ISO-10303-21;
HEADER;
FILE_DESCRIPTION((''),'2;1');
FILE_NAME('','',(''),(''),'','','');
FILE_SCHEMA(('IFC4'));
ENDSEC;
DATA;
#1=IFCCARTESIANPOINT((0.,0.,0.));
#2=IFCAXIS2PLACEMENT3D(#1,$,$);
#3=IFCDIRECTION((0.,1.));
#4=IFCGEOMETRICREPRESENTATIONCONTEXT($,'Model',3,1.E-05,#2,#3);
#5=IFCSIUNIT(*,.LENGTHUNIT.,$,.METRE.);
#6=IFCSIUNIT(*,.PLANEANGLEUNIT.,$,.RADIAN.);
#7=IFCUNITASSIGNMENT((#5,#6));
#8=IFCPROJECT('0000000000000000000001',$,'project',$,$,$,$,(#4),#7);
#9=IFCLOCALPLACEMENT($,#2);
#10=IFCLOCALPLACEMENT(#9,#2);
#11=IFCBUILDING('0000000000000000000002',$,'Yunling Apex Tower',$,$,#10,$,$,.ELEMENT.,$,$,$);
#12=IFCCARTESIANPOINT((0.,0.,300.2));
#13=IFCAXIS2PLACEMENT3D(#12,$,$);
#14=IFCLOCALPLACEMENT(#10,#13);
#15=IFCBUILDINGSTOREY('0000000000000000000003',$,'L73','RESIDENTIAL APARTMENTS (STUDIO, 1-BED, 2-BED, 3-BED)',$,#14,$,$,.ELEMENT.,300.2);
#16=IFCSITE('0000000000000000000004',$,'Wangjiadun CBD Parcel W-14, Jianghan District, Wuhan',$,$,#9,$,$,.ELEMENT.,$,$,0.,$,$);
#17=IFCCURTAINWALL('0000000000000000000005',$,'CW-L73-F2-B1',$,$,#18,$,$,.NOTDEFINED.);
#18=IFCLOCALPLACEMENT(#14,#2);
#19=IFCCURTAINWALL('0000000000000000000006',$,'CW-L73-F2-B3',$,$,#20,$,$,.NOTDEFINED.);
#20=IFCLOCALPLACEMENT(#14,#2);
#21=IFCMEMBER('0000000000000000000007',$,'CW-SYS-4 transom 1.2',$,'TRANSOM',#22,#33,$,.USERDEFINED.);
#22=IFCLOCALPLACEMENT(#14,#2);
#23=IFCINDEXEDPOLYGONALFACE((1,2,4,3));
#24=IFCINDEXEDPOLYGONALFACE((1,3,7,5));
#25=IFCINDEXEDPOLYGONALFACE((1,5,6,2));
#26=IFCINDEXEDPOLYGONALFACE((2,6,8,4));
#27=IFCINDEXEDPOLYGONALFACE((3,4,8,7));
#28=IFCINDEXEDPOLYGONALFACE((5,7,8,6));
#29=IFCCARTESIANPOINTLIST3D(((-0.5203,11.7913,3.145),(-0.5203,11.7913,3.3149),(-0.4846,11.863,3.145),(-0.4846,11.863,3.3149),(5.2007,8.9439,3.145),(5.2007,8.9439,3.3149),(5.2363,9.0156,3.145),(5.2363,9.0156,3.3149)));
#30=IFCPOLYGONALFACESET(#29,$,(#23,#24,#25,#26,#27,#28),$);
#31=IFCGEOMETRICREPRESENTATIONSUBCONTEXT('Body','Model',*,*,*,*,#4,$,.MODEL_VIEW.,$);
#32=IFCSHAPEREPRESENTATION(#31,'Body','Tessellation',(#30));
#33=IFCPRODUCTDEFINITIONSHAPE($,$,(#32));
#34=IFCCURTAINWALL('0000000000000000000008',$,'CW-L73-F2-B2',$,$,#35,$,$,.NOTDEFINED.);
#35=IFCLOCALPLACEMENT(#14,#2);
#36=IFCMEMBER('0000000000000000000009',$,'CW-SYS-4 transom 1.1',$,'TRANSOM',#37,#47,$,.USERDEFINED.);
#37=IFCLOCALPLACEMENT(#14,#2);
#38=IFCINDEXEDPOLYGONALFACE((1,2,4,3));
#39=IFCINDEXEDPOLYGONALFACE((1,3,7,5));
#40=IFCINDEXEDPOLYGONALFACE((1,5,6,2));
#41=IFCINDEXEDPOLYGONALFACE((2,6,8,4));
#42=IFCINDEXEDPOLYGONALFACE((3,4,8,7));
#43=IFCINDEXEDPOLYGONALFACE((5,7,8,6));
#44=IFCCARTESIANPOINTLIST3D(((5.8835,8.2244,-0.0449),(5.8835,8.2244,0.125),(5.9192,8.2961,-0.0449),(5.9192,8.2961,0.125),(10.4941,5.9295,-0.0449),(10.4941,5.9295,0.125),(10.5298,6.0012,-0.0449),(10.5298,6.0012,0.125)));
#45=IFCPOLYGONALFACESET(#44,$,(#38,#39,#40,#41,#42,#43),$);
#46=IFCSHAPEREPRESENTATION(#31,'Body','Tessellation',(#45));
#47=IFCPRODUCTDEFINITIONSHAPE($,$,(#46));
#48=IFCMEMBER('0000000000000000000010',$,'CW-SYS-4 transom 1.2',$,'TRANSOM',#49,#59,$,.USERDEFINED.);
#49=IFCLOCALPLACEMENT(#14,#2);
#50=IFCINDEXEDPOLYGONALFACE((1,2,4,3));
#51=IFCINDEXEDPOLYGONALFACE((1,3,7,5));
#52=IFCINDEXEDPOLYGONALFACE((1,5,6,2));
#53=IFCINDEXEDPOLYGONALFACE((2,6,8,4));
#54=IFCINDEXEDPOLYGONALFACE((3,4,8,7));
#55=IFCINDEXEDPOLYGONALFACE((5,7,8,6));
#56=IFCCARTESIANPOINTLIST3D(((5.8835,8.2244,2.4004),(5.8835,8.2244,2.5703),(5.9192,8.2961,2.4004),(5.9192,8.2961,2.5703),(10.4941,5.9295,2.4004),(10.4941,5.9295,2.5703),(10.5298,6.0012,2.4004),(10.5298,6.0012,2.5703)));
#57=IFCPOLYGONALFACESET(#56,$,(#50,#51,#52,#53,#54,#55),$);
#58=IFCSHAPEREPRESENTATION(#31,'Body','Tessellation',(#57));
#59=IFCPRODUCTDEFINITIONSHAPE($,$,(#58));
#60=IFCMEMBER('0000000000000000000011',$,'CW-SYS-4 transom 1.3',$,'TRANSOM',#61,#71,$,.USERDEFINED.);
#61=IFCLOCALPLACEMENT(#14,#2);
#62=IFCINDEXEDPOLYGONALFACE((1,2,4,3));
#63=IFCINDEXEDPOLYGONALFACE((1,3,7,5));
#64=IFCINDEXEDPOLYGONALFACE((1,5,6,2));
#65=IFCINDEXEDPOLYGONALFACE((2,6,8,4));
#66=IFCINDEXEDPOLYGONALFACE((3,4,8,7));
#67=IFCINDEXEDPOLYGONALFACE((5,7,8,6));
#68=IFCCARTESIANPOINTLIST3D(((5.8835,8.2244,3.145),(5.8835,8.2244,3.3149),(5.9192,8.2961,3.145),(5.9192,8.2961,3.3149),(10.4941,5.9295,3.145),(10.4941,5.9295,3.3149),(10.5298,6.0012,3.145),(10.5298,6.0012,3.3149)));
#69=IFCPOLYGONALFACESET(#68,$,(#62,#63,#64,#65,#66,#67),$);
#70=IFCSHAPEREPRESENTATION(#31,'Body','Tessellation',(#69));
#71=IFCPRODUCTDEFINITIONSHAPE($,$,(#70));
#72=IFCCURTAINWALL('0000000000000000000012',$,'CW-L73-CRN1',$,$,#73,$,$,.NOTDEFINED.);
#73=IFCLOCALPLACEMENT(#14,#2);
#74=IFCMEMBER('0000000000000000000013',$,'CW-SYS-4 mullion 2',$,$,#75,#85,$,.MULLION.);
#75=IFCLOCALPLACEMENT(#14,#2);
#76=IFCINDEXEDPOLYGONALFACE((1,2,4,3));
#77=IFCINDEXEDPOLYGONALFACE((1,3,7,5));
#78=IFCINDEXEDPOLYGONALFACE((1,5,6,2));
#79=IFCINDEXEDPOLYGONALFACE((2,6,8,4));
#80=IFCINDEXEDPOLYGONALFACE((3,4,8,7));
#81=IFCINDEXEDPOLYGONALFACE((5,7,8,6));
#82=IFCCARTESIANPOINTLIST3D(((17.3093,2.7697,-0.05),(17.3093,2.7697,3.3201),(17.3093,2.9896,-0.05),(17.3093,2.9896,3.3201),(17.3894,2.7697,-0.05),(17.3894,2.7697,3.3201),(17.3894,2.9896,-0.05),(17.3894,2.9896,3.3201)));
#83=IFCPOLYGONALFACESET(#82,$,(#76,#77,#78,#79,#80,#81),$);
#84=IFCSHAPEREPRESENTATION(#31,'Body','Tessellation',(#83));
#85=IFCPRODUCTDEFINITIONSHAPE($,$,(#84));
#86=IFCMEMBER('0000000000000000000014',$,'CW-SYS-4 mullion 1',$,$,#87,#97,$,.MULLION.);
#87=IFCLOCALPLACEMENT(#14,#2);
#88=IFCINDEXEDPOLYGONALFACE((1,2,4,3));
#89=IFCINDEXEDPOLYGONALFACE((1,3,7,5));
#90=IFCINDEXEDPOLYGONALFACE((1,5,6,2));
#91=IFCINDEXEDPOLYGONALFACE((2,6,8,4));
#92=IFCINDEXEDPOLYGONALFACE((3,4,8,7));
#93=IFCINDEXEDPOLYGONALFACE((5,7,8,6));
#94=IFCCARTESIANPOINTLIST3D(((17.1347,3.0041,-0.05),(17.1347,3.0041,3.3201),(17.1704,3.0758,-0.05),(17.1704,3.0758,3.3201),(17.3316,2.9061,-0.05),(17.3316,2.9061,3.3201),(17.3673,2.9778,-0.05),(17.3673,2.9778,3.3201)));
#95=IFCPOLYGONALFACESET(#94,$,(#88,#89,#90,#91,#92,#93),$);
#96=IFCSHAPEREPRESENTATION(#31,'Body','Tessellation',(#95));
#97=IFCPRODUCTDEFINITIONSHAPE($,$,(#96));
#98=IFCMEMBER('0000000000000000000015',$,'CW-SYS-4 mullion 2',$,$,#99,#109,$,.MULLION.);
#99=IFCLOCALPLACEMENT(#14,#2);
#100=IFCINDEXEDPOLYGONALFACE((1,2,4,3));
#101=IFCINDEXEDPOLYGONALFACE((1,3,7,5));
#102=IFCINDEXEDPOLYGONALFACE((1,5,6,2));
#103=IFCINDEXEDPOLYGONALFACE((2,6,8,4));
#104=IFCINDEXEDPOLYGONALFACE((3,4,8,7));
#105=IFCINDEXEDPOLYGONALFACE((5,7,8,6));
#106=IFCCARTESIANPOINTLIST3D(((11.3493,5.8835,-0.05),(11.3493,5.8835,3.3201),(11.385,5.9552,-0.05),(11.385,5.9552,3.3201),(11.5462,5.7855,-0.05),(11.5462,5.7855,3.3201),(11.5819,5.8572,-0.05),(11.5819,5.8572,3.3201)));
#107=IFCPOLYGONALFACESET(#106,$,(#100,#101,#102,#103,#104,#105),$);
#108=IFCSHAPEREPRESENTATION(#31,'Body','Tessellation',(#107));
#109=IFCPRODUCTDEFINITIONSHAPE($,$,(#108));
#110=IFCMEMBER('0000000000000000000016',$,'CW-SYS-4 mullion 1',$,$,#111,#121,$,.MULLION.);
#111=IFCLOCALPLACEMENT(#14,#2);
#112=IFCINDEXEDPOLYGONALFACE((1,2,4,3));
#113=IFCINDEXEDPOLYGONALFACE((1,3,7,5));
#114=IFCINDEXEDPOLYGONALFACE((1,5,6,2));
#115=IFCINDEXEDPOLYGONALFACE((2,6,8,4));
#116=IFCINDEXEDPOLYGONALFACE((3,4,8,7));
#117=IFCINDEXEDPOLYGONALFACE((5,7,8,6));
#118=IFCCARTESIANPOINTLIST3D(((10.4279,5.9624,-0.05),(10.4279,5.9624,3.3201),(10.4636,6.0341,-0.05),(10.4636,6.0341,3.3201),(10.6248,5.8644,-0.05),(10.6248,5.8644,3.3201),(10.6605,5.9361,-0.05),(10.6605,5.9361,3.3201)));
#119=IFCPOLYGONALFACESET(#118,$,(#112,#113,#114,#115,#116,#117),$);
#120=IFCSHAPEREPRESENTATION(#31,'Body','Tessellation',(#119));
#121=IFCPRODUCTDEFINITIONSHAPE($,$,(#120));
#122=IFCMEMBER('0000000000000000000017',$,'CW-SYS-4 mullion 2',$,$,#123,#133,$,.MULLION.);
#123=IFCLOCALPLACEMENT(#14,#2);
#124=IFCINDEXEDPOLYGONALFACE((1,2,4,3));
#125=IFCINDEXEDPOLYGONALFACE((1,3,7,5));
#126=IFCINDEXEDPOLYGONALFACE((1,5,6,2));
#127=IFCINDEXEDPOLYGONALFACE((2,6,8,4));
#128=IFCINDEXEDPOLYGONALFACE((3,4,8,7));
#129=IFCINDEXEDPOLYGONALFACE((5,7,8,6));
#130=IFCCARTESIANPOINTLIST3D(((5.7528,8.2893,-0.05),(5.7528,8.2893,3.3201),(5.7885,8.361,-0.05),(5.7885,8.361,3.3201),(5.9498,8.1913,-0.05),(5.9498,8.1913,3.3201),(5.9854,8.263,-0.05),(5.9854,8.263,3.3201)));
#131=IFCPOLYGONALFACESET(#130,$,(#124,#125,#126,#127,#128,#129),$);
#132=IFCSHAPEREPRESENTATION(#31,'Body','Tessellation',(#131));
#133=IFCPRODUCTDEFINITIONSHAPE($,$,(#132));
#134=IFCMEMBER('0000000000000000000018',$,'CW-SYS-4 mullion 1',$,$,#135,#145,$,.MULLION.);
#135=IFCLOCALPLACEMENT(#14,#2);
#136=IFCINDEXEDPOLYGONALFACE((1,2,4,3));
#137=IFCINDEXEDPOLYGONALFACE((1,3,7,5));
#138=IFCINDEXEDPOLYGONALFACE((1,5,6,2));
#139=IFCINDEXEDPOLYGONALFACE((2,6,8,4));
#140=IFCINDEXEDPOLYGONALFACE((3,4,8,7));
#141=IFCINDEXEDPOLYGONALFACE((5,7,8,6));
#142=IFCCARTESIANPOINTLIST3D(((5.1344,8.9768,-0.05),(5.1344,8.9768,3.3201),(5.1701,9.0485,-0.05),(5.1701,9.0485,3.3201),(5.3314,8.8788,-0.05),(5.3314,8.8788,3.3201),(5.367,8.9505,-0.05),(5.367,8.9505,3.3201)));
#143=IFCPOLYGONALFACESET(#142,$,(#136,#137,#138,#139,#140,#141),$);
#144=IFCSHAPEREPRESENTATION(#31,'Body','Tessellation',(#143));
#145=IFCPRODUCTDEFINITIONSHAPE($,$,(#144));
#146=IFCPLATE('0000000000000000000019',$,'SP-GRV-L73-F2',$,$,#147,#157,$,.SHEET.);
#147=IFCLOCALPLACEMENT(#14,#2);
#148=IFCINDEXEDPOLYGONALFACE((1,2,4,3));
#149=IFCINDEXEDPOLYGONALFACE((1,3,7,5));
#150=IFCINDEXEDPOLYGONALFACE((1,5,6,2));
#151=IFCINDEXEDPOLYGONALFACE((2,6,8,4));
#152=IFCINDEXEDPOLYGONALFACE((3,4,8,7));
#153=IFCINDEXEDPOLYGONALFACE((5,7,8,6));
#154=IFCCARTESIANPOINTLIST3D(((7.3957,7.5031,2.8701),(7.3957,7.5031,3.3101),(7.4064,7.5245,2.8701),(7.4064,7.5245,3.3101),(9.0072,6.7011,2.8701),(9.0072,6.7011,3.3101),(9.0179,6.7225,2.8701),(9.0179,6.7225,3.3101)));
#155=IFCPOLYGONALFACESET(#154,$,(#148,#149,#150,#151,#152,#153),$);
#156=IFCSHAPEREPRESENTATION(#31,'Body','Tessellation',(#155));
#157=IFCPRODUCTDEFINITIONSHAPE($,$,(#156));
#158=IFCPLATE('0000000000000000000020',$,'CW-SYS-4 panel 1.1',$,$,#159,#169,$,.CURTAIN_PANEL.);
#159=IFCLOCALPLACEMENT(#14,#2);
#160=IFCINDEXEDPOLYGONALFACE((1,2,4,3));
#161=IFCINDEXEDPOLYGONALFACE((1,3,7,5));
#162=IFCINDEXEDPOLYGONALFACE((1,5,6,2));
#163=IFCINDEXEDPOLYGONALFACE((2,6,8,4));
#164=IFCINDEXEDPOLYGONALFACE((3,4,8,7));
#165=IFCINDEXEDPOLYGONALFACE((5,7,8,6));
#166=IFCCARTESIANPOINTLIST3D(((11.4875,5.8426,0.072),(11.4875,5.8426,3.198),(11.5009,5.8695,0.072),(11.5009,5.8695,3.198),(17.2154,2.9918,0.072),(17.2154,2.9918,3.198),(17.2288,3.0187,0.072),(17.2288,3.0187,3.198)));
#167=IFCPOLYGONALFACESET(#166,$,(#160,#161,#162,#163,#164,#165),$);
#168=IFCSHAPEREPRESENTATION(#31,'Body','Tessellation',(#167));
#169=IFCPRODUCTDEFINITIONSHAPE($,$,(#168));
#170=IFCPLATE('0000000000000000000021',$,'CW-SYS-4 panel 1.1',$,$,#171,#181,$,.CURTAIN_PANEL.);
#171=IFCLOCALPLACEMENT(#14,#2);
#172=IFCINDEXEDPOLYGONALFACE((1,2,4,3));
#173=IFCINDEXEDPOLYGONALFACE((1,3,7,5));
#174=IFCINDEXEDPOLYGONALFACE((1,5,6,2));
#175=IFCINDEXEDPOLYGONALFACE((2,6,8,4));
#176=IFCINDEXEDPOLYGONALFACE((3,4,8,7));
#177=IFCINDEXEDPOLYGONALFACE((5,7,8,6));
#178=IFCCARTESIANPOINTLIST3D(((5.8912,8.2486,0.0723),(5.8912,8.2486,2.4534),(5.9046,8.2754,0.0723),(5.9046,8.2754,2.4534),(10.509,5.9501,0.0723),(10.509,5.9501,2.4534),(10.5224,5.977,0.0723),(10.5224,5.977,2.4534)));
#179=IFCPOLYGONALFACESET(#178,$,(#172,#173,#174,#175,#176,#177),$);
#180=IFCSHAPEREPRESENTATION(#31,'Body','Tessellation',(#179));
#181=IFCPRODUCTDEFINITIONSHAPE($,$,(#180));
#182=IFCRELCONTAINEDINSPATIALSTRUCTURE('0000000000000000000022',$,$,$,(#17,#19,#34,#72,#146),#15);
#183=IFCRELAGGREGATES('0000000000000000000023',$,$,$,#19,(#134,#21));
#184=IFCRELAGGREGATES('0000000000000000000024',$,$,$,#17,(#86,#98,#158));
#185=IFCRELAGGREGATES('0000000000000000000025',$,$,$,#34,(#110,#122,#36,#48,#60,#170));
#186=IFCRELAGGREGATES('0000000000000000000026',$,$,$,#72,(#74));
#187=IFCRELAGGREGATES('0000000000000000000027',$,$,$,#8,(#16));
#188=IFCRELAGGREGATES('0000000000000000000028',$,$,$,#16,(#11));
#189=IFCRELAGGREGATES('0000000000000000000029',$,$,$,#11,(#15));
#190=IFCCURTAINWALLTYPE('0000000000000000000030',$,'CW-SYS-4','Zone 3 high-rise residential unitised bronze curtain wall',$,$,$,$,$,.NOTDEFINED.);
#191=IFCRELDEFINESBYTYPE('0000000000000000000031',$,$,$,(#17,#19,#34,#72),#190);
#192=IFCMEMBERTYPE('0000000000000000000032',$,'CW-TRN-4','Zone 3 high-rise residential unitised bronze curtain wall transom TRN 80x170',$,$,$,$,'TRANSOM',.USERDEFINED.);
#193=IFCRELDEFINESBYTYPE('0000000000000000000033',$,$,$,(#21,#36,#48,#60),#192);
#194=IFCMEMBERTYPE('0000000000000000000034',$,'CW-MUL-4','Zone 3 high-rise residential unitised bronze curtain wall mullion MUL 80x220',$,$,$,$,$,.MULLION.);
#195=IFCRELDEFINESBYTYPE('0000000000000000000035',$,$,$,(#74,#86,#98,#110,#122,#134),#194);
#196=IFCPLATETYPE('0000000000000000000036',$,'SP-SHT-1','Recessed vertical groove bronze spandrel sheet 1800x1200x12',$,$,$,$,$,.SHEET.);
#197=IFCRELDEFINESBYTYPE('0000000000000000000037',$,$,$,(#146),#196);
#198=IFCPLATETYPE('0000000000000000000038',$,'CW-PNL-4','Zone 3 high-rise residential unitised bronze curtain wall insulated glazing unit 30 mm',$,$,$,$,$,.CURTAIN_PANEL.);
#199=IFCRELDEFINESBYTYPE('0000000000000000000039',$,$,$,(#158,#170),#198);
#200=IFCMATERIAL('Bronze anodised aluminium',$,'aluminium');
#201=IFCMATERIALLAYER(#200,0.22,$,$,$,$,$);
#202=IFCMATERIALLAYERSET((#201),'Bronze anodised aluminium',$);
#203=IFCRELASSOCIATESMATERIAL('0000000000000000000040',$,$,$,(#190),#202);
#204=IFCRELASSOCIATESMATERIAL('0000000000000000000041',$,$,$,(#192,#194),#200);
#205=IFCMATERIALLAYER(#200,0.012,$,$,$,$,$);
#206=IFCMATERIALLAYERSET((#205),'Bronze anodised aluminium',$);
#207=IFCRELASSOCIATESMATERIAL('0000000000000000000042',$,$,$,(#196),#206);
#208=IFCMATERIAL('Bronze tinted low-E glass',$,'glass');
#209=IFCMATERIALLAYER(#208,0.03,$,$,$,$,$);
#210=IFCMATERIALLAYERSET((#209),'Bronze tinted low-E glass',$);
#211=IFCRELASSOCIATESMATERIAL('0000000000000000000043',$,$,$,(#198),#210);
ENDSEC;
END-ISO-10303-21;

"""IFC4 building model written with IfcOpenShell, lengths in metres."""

from ifc_helpers import new_model, si_unit, direction, frame, origin, origin_2d, place, context, subcontext, project, spatial, rectangle, extrude, source, transform, mapped, material, layer, layer_set, material_profile, profile_set, type_object, element, aggregate, save


model = new_model("IFC4")

# Units and contexts
model_context = context("Model", 3, precision=1e-05, world=origin(), true_north=direction((0.0, 1.0)))
body_context = subcontext(model_context, "Body", "Model", "MODEL_VIEW")
ifc_project = project(units=[si_unit("LENGTHUNIT", "METRE"), si_unit("PLANEANGLEUNIT", "RADIAN")], contexts=[model_context])

# Site, building, storey
site_placement = place(None, origin())
site = spatial("IfcSite", under=ifc_project, at=site_placement, Name="Wangjiadun CBD Parcel W-14, Jianghan District, Wuhan", CompositionType="ELEMENT", RefElevation=0.0)
building_placement = place(site_placement, origin())
building = spatial("IfcBuilding", under=site, at=building_placement, Name="Yunling Apex Tower", CompositionType="ELEMENT")
storey_placement = place(building_placement, frame((0.0, 0.0, 300.2)))
storey = spatial("IfcBuildingStorey", under=building, at=storey_placement, Name="L73", Description="RESIDENTIAL APARTMENTS (STUDIO, 1-BED, 2-BED, 3-BED)", CompositionType="ELEMENT", Elevation=300.2)

# Curtain walls, members
ifc_material_1 = material(Name="Bronze anodised aluminium", Category="aluminium")
ifc_layer_1 = layer(ifc_material_1, 0.22)
ifc_layer_set_1 = layer_set([ifc_layer_1], Name="Bronze anodised aluminium")
curtain_wall_type = type_object("IfcCurtainWallType", Name="CW-SYS-4", Description="Zone 3 high-rise residential unitised bronze curtain wall", PredefinedType="NOTDEFINED", material=ifc_layer_set_1)
curtain_wall_1_placement = place(storey_placement, origin())
curtain_wall_1 = element("IfcCurtainWall", 1, at=curtain_wall_1_placement, inside=storey, type_object=curtain_wall_type, Name="CW-L73-F2-B1", PredefinedType="NOTDEFINED")
ifc_material_profile_1 = material_profile(ifc_material_1, rectangle(XDim=0.0801, YDim=0.1699, at=origin_2d()))
ifc_profile_set_1 = profile_set([ifc_material_profile_1], Name="Bronze anodised aluminium")
member_type_1 = type_object("IfcMemberType", Name="CW-TRN-4", Description="Zone 3 high-rise residential unitised bronze curtain wall transom TRN 80x170", ElementType="TRANSOM", PredefinedType="USERDEFINED", material=ifc_profile_set_1)
shared_shape_1 = source(origin(), body_context, "Body", "SweptSolid", [
    extrude(rectangle(XDim=0.0801, YDim=0.1699, at=origin_2d()), origin(), (0.0, 0.0, 1.0), 6.3904),
])
curtain_wall_2_placement = place(storey_placement, origin())
curtain_wall_2 = element("IfcCurtainWall", 2, at=curtain_wall_2_placement, inside=storey, type_object=curtain_wall_type, Name="CW-L73-F2-B3", PredefinedType="NOTDEFINED")
member_1_placement = place(storey_placement, frame((5.2185, 8.9797, 3.23), z_axis=(-0.895243, 0.445578, 0.0), x_axis=(-0.445578, -0.895243, 0.0)))
member_1 = element("IfcMember", 3, at=member_1_placement, type_object=member_type_1, Name="CW-SYS-4 transom 1.2", ObjectType="TRANSOM", PredefinedType="USERDEFINED", context=body_context, shape_type="MappedRepresentation", body=[
    mapped(shared_shape_1, transform((0.0, 0.0, 0.0), scale=1.0)),
])
curtain_wall_3_placement = place(storey_placement, origin())
curtain_wall_3 = element("IfcCurtainWall", 4, at=curtain_wall_3_placement, inside=storey, type_object=curtain_wall_type, Name="CW-L73-F2-B2", PredefinedType="NOTDEFINED")
shared_shape_2 = source(origin(), body_context, "Body", "SweptSolid", [
    extrude(rectangle(XDim=0.0801, YDim=0.1699, at=origin_2d()), origin(), (0.0, 0.0, 1.0), 5.1501),
])
member_2_placement = place(storey_placement, frame((10.512, 5.9653, 0.04), z_axis=(-0.895232, 0.445601, 0.0), x_axis=(-0.445601, -0.895232, 0.0)))
member_2 = element("IfcMember", 5, at=member_2_placement, type_object=member_type_1, Name="CW-SYS-4 transom 1.1", ObjectType="TRANSOM", PredefinedType="USERDEFINED", context=body_context, shape_type="MappedRepresentation", body=[
    mapped(shared_shape_2, transform((0.0, 0.0, 0.0), scale=1.0)),
])
member_3_placement = place(storey_placement, frame((10.512, 5.9653, 2.4854), z_axis=(-0.895232, 0.445601, 0.0), x_axis=(-0.445601, -0.895232, 0.0)))
member_3 = element("IfcMember", 6, at=member_3_placement, type_object=member_type_1, Name="CW-SYS-4 transom 1.2", ObjectType="TRANSOM", PredefinedType="USERDEFINED", context=body_context, shape_type="MappedRepresentation", body=[
    mapped(shared_shape_2, transform((0.0, 0.0, 0.0), scale=1.0)),
])
member_4_placement = place(storey_placement, frame((10.512, 5.9653, 3.23), z_axis=(-0.895232, 0.445601, 0.0), x_axis=(-0.445601, -0.895232, 0.0)))
member_4 = element("IfcMember", 7, at=member_4_placement, type_object=member_type_1, Name="CW-SYS-4 transom 1.3", ObjectType="TRANSOM", PredefinedType="USERDEFINED", context=body_context, shape_type="MappedRepresentation", body=[
    mapped(shared_shape_2, transform((0.0, 0.0, 0.0), scale=1.0)),
])

# Curtain wall, member
curtain_wall_4_placement = place(storey_placement, origin())
curtain_wall_4 = element("IfcCurtainWall", 8, at=curtain_wall_4_placement, inside=storey, type_object=curtain_wall_type, Name="CW-L73-CRN1", PredefinedType="NOTDEFINED")
ifc_material_profile_2 = material_profile(ifc_material_1, rectangle(XDim=0.0801, YDim=0.22, at=origin_2d()))
ifc_profile_set_2 = profile_set([ifc_material_profile_2], Name="Bronze anodised aluminium")
member_type_2 = type_object("IfcMemberType", Name="CW-MUL-4", Description="Zone 3 high-rise residential unitised bronze curtain wall mullion MUL 80x220", PredefinedType="MULLION", material=ifc_profile_set_2)
shared_shape_3 = source(origin(), body_context, "Body", "SweptSolid", [
    extrude(rectangle(XDim=0.0801, YDim=0.22, at=origin_2d()), origin(), (0.0, 0.0, 1.0), 3.3701),
])
member_5_placement = place(storey_placement, frame((17.3494, 2.8796, -0.05), z_axis=(0.0, 0.0, 1.0), x_axis=(-1.0, 0.0, 0.0)))
member_5 = element("IfcMember", 9, at=member_5_placement, type_object=member_type_2, Name="CW-SYS-4 mullion 2", PredefinedType="MULLION", context=body_context, shape_type="MappedRepresentation", body=[
    mapped(shared_shape_3, transform((0.0, 0.0, 0.0), scale=1.0)),
])

# Members
member_6_placement = place(storey_placement, frame((17.251, 2.991, -0.05), z_axis=(0.0, 0.0, 1.0), x_axis=(-0.445568, -0.895248, 0.0)))
member_6 = element("IfcMember", 10, at=member_6_placement, type_object=member_type_2, Name="CW-SYS-4 mullion 1", PredefinedType="MULLION", context=body_context, shape_type="MappedRepresentation", body=[
    mapped(shared_shape_3, transform((0.0, 0.0, 0.0), scale=1.0)),
])
member_7_placement = place(storey_placement, frame((11.4656, 5.8704, -0.05), z_axis=(0.0, 0.0, 1.0), x_axis=(-0.445568, -0.895248, 0.0)))
member_7 = element("IfcMember", 11, at=member_7_placement, type_object=member_type_2, Name="CW-SYS-4 mullion 2", PredefinedType="MULLION", context=body_context, shape_type="MappedRepresentation", body=[
    mapped(shared_shape_3, transform((0.0, 0.0, 0.0), scale=1.0)),
])
member_8_placement = place(storey_placement, frame((10.5442, 5.9492, -0.05), z_axis=(0.0, 0.0, 1.0), x_axis=(-0.445583, -0.89524, 0.0)))
member_8 = element("IfcMember", 12, at=member_8_placement, type_object=member_type_2, Name="CW-SYS-4 mullion 1", PredefinedType="MULLION", context=body_context, shape_type="MappedRepresentation", body=[
    mapped(shared_shape_3, transform((0.0, 0.0, 0.0), scale=1.0)),
])
member_9_placement = place(storey_placement, frame((5.8691, 8.2761, -0.05), z_axis=(0.0, 0.0, 1.0), x_axis=(-0.445583, -0.89524, 0.0)))
member_9 = element("IfcMember", 13, at=member_9_placement, type_object=member_type_2, Name="CW-SYS-4 mullion 2", PredefinedType="MULLION", context=body_context, shape_type="MappedRepresentation", body=[
    mapped(shared_shape_3, transform((0.0, 0.0, 0.0), scale=1.0)),
])
member_10_placement = place(storey_placement, frame((5.2507, 8.9636, -0.05), z_axis=(0.0, 0.0, 1.0), x_axis=(-0.445562, -0.895251, 0.0)))
member_10 = element("IfcMember", 14, at=member_10_placement, type_object=member_type_2, Name="CW-SYS-4 mullion 1", PredefinedType="MULLION", context=body_context, shape_type="MappedRepresentation", body=[
    mapped(shared_shape_3, transform((0.0, 0.0, 0.0), scale=1.0)),
])
aggregate(curtain_wall_2, [member_10, member_1])

# Plates
ifc_layer_2 = layer(ifc_material_1, 0.012)
ifc_layer_set_2 = layer_set([ifc_layer_2], Name="Bronze anodised aluminium")
plate_type_1 = type_object("IfcPlateType", Name="SP-SHT-1", Description="Recessed vertical groove bronze spandrel sheet 1800x1200x12", PredefinedType="SHEET", material=ifc_layer_set_2)
shared_shape_4 = source(origin(), body_context, "Body", "SweptSolid", [
    extrude(rectangle(XDim=1.8, YDim=0.0239, at=origin_2d()), origin(), (0.0, 0.0, 1.0), 0.4399),
])
plate_1_placement = place(storey_placement, frame((8.2068, 7.1128, 2.8701), z_axis=(0.0, 0.0, 1.0), x_axis=(-0.895246, 0.445573, 0.0)))
element("IfcPlate", 15, at=plate_1_placement, inside=storey, type_object=plate_type_1, Name="SP-GRV-L73-F2", PredefinedType="SHEET", context=body_context, shape_type="MappedRepresentation", body=[
    mapped(shared_shape_4, transform((0.0, 0.0, 0.0), scale=1.0)),
])
ifc_material_2 = material(Name="Bronze tinted low-E glass", Category="glass")
ifc_layer_3 = layer(ifc_material_2, 0.03)
ifc_layer_set_3 = layer_set([ifc_layer_3], Name="Bronze tinted low-E glass")
plate_type_2 = type_object("IfcPlateType", Name="CW-PNL-4", Description="Zone 3 high-rise residential unitised bronze curtain wall insulated glazing unit 30 mm", PredefinedType="CURTAIN_PANEL", material=ifc_layer_set_3)
shared_shape_5 = source(origin(), body_context, "Body", "SweptSolid", [
    extrude(rectangle(XDim=6.3982, YDim=0.03, at=origin_2d()), origin(), (0.0, 0.0, 1.0), 3.126),
])
plate_2_placement = place(storey_placement, frame((14.3582, 4.4307, 0.072), z_axis=(0.0, 0.0, 1.0), x_axis=(-0.895248, 0.445568, 0.0)))
plate_2 = element("IfcPlate", 16, at=plate_2_placement, type_object=plate_type_2, Name="CW-SYS-4 panel 1.1", PredefinedType="CURTAIN_PANEL", context=body_context, shape_type="MappedRepresentation", body=[
    mapped(shared_shape_5, transform((0.0, 0.0, 0.0), scale=1.0)),
])
aggregate(curtain_wall_1, [member_6, member_7, plate_2])
shared_shape_6 = source(origin(), body_context, "Body", "SweptSolid", [
    extrude(rectangle(XDim=5.1582, YDim=0.03, at=origin_2d()), origin(), (0.0, 0.0, 1.0), 2.3811),
])
plate_3_placement = place(storey_placement, frame((8.2068, 7.1128, 0.0723), z_axis=(0.0, 0.0, 1.0), x_axis=(-0.89524, 0.445583, 0.0)))
plate_3 = element("IfcPlate", 17, at=plate_3_placement, type_object=plate_type_2, Name="CW-SYS-4 panel 1.1", PredefinedType="CURTAIN_PANEL", context=body_context, shape_type="MappedRepresentation", body=[
    mapped(shared_shape_6, transform((0.0, 0.0, 0.0), scale=1.0)),
])
aggregate(curtain_wall_3, [member_8, member_9, member_2, member_3, member_4, plate_3])
aggregate(curtain_wall_4, [member_5])

save(model, "model.ifc")
